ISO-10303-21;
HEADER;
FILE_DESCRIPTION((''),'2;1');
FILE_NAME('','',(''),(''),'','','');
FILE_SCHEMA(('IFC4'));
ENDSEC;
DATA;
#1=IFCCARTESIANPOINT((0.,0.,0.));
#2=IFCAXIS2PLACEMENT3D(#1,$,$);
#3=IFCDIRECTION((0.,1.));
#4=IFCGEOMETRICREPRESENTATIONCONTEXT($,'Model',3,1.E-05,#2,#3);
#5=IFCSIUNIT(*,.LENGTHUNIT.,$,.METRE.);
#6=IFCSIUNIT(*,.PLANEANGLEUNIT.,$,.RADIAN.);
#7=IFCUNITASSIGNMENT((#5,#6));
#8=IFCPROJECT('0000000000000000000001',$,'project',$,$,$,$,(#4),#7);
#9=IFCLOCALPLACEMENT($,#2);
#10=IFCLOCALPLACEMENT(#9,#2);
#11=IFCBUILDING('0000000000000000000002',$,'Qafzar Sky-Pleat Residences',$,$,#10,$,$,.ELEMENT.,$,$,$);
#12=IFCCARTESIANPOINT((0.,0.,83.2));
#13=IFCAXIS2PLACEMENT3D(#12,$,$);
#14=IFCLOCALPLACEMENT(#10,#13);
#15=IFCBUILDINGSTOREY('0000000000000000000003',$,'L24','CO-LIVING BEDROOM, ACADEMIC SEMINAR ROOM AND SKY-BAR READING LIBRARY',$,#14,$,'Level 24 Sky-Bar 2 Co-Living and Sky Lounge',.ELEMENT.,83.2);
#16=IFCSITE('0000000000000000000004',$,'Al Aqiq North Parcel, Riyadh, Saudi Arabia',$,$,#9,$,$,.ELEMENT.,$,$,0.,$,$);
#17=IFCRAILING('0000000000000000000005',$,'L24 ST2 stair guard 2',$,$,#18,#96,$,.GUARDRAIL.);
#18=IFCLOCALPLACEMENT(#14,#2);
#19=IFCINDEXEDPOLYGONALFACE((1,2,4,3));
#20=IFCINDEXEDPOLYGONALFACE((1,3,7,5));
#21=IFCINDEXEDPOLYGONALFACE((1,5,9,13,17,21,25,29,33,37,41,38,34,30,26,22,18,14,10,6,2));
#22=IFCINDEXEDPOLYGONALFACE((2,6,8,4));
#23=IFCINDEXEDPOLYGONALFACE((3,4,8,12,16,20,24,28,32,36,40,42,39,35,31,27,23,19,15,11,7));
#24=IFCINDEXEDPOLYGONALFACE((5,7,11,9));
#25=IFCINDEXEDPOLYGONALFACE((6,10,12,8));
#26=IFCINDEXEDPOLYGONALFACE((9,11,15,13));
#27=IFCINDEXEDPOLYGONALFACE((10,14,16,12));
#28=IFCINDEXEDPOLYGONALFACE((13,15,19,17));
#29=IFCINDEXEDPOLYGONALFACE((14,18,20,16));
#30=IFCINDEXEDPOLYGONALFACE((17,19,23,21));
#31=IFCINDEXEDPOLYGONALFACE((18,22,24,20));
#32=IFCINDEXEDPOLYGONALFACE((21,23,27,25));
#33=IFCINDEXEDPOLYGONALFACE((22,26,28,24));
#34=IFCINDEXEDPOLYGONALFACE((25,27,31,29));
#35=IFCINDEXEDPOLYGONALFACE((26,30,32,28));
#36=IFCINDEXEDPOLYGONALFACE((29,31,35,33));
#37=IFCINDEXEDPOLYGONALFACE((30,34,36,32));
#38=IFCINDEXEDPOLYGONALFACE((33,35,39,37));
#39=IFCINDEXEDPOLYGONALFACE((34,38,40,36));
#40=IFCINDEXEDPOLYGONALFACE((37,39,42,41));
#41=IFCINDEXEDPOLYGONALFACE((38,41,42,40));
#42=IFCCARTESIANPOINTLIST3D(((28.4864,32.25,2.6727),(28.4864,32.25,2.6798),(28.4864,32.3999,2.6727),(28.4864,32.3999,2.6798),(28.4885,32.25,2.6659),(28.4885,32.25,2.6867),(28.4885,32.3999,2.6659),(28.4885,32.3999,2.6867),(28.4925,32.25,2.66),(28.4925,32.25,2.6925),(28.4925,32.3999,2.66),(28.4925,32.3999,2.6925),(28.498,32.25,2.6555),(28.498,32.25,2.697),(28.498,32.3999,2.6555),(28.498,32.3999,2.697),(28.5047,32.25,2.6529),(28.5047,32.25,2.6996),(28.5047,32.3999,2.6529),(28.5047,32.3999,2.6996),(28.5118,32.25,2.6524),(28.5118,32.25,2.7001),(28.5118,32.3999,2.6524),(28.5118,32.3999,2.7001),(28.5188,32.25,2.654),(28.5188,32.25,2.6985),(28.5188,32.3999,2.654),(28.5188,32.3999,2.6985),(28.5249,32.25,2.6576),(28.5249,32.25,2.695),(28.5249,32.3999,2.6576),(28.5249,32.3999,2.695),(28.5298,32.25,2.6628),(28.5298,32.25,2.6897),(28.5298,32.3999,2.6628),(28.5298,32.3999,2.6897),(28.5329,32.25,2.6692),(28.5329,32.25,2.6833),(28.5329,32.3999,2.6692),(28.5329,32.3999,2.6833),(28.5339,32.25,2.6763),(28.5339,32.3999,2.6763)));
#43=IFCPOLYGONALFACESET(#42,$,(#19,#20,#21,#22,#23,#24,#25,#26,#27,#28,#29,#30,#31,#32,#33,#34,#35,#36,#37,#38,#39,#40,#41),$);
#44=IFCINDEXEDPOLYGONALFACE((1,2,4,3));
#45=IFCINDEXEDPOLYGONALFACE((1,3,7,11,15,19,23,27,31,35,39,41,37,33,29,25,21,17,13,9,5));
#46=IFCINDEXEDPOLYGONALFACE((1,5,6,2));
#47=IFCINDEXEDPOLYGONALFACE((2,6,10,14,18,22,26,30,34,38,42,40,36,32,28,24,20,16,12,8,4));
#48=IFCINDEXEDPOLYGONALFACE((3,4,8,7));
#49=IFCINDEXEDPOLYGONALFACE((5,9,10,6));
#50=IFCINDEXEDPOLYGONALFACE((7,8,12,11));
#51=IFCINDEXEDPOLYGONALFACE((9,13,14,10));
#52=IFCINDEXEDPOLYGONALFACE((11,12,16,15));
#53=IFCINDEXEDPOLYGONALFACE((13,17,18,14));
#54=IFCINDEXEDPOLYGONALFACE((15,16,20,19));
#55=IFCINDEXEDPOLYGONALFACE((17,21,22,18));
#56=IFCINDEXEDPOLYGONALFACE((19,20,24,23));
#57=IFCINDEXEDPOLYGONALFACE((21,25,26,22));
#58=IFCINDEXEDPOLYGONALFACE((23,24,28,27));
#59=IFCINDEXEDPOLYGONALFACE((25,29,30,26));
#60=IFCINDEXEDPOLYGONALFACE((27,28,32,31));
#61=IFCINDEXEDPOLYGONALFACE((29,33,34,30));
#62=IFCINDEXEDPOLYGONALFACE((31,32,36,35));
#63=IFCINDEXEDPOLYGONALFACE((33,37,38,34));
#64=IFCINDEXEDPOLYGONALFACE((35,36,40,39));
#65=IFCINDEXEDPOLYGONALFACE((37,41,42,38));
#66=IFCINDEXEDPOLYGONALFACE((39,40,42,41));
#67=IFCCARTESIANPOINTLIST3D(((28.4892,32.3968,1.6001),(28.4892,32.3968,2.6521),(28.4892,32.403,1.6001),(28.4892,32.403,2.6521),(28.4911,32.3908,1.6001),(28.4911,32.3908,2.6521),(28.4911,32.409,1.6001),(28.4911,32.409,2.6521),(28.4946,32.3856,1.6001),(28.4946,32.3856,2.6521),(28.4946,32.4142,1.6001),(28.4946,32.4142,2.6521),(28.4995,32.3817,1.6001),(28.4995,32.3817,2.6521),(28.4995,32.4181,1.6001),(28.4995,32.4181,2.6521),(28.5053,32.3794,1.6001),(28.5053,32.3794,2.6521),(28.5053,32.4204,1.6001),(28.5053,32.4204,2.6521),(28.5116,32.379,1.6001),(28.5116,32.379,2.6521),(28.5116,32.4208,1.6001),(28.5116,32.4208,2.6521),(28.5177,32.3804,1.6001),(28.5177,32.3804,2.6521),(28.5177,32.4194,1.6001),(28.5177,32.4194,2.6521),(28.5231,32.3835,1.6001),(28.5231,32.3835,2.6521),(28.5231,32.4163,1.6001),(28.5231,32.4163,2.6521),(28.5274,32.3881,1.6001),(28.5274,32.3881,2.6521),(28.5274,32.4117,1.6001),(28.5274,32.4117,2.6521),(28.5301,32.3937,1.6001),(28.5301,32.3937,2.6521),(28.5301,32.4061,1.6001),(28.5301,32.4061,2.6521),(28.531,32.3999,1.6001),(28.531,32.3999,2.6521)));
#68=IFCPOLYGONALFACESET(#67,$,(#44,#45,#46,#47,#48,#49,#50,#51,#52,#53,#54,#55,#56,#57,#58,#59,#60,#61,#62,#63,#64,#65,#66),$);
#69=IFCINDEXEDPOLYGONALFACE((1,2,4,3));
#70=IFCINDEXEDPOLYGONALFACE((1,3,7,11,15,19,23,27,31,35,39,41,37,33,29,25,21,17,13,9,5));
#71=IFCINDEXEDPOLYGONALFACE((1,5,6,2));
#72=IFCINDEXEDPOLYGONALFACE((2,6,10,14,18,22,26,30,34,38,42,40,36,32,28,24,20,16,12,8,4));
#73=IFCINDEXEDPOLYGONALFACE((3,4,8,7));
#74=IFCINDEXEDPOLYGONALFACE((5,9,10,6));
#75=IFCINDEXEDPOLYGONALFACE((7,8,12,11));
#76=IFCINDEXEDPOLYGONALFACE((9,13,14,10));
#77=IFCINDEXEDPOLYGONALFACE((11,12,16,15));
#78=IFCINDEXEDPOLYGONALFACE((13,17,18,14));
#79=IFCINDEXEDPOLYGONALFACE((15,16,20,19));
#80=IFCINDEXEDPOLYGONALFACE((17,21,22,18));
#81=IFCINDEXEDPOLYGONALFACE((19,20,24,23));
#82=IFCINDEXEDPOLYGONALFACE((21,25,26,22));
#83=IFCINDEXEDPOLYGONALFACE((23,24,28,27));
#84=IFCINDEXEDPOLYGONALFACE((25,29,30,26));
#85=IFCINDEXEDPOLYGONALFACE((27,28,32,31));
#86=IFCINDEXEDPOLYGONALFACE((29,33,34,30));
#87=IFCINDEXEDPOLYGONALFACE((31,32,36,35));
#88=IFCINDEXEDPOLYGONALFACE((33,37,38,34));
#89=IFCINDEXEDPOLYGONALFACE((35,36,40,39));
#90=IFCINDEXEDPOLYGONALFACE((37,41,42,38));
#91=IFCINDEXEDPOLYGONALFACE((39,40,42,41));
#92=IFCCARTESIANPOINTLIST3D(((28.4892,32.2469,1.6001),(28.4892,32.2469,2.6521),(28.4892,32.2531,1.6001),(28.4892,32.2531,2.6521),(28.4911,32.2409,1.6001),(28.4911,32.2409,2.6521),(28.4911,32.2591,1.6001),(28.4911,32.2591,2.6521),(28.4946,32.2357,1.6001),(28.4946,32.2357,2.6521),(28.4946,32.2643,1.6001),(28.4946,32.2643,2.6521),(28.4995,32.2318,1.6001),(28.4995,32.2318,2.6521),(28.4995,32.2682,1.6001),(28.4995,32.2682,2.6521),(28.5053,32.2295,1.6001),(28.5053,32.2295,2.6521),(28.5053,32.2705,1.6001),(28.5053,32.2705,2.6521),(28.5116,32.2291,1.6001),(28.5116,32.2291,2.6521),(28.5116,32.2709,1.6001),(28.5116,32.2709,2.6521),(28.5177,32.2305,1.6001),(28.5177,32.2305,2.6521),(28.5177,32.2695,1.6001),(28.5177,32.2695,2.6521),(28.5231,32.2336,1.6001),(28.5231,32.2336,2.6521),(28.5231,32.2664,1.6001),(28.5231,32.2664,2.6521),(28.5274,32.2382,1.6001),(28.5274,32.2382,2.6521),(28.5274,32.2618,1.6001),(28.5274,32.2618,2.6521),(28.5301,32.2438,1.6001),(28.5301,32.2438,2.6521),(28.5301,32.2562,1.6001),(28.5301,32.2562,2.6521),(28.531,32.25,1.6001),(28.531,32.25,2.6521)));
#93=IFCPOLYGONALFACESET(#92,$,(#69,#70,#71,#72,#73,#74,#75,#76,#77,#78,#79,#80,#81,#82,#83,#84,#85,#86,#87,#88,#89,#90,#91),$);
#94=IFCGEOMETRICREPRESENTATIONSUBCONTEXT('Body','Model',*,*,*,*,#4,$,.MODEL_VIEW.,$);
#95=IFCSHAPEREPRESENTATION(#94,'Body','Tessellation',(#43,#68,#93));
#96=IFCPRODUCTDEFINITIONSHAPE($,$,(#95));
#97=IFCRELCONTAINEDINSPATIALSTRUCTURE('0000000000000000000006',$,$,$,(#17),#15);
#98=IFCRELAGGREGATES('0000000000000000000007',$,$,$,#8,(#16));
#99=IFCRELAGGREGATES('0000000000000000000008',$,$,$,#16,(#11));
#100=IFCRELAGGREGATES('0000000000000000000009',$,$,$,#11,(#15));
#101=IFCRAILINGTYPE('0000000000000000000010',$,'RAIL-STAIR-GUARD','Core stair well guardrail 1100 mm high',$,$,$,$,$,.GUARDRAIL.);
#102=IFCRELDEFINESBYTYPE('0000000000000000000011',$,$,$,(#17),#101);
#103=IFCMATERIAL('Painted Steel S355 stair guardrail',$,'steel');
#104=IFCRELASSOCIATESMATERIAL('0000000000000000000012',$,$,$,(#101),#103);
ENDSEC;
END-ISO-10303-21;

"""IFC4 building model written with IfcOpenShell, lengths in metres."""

from ifc_helpers import new_model, si_unit, direction, frame, origin, origin_2d, place, context, subcontext, project, spatial, circle, extrude, source, transform, mapped, material, type_object, element, save


model = new_model("IFC4")

# Units and contexts
model_context = context("Model", 3, precision=1e-05, world=origin(), true_north=direction((0.0, 1.0)))
body_context = subcontext(model_context, "Body", "Model", "MODEL_VIEW")
ifc_project = project(units=[si_unit("LENGTHUNIT", "METRE"), si_unit("PLANEANGLEUNIT", "RADIAN")], contexts=[model_context])

# Site, building, storey
site_placement = place(None, origin())
site = spatial("IfcSite", under=ifc_project, at=site_placement, Name="Al Aqiq North Parcel, Riyadh, Saudi Arabia", CompositionType="ELEMENT", RefElevation=0.0)
building_placement = place(site_placement, origin())
building = spatial("IfcBuilding", under=site, at=building_placement, Name="Qafzar Sky-Pleat Residences", CompositionType="ELEMENT")
storey_placement = place(building_placement, frame((0.0, 0.0, 83.2)))
storey = spatial("IfcBuildingStorey", under=building, at=storey_placement, Name="L24", Description="CO-LIVING BEDROOM, ACADEMIC SEMINAR ROOM AND SKY-BAR READING LIBRARY", LongName="Level 24 Sky-Bar 2 Co-Living and Sky Lounge", CompositionType="ELEMENT", Elevation=83.2)

# Railing
ifc_material_1 = material(Name="Painted Steel S355 stair guardrail", Category="steel")
railing_type_1 = type_object("IfcRailingType", Name="RAIL-STAIR-GUARD", Description="Core stair well guardrail 1100 mm high", PredefinedType="GUARDRAIL", material=ifc_material_1)
shared_shape_1 = source(origin(), body_context, "Body", "SweptSolid", [
    extrude(circle(Radius=0.0239, at=origin_2d()), frame((0.0, 0.0, 1.0762), z_axis=(0.0, -1.0, 0.0), x_axis=(1.0, 0.0, 0.0)), (0.0, 0.0, 1.0), 0.1499),
    extrude(circle(Radius=0.021, at=origin_2d()), origin(), (0.0, 0.0, 1.0), 1.052),
    extrude(circle(Radius=0.021, at=origin_2d()), frame((0.0, -0.1499, 0.0)), (0.0, 0.0, 1.0), 1.052),
])
railing_1_placement = place(storey_placement, frame((28.51, 32.3999, 1.6001)))
element("IfcRailing", 1, at=railing_1_placement, inside=storey, type_object=railing_type_1, Name="L24 ST2 stair guard 2", PredefinedType="GUARDRAIL", context=body_context, shape_type="MappedRepresentation", body=[
    mapped(shared_shape_1, transform((0.0, 0.0, 0.0), x_axis=(1.0, 0.0, 0.0), y_axis=(0.0, 1.0, 0.0), z_axis=(0.0, 0.0, 1.0), scale=1.0)),
])

save(model, "model.ifc")
